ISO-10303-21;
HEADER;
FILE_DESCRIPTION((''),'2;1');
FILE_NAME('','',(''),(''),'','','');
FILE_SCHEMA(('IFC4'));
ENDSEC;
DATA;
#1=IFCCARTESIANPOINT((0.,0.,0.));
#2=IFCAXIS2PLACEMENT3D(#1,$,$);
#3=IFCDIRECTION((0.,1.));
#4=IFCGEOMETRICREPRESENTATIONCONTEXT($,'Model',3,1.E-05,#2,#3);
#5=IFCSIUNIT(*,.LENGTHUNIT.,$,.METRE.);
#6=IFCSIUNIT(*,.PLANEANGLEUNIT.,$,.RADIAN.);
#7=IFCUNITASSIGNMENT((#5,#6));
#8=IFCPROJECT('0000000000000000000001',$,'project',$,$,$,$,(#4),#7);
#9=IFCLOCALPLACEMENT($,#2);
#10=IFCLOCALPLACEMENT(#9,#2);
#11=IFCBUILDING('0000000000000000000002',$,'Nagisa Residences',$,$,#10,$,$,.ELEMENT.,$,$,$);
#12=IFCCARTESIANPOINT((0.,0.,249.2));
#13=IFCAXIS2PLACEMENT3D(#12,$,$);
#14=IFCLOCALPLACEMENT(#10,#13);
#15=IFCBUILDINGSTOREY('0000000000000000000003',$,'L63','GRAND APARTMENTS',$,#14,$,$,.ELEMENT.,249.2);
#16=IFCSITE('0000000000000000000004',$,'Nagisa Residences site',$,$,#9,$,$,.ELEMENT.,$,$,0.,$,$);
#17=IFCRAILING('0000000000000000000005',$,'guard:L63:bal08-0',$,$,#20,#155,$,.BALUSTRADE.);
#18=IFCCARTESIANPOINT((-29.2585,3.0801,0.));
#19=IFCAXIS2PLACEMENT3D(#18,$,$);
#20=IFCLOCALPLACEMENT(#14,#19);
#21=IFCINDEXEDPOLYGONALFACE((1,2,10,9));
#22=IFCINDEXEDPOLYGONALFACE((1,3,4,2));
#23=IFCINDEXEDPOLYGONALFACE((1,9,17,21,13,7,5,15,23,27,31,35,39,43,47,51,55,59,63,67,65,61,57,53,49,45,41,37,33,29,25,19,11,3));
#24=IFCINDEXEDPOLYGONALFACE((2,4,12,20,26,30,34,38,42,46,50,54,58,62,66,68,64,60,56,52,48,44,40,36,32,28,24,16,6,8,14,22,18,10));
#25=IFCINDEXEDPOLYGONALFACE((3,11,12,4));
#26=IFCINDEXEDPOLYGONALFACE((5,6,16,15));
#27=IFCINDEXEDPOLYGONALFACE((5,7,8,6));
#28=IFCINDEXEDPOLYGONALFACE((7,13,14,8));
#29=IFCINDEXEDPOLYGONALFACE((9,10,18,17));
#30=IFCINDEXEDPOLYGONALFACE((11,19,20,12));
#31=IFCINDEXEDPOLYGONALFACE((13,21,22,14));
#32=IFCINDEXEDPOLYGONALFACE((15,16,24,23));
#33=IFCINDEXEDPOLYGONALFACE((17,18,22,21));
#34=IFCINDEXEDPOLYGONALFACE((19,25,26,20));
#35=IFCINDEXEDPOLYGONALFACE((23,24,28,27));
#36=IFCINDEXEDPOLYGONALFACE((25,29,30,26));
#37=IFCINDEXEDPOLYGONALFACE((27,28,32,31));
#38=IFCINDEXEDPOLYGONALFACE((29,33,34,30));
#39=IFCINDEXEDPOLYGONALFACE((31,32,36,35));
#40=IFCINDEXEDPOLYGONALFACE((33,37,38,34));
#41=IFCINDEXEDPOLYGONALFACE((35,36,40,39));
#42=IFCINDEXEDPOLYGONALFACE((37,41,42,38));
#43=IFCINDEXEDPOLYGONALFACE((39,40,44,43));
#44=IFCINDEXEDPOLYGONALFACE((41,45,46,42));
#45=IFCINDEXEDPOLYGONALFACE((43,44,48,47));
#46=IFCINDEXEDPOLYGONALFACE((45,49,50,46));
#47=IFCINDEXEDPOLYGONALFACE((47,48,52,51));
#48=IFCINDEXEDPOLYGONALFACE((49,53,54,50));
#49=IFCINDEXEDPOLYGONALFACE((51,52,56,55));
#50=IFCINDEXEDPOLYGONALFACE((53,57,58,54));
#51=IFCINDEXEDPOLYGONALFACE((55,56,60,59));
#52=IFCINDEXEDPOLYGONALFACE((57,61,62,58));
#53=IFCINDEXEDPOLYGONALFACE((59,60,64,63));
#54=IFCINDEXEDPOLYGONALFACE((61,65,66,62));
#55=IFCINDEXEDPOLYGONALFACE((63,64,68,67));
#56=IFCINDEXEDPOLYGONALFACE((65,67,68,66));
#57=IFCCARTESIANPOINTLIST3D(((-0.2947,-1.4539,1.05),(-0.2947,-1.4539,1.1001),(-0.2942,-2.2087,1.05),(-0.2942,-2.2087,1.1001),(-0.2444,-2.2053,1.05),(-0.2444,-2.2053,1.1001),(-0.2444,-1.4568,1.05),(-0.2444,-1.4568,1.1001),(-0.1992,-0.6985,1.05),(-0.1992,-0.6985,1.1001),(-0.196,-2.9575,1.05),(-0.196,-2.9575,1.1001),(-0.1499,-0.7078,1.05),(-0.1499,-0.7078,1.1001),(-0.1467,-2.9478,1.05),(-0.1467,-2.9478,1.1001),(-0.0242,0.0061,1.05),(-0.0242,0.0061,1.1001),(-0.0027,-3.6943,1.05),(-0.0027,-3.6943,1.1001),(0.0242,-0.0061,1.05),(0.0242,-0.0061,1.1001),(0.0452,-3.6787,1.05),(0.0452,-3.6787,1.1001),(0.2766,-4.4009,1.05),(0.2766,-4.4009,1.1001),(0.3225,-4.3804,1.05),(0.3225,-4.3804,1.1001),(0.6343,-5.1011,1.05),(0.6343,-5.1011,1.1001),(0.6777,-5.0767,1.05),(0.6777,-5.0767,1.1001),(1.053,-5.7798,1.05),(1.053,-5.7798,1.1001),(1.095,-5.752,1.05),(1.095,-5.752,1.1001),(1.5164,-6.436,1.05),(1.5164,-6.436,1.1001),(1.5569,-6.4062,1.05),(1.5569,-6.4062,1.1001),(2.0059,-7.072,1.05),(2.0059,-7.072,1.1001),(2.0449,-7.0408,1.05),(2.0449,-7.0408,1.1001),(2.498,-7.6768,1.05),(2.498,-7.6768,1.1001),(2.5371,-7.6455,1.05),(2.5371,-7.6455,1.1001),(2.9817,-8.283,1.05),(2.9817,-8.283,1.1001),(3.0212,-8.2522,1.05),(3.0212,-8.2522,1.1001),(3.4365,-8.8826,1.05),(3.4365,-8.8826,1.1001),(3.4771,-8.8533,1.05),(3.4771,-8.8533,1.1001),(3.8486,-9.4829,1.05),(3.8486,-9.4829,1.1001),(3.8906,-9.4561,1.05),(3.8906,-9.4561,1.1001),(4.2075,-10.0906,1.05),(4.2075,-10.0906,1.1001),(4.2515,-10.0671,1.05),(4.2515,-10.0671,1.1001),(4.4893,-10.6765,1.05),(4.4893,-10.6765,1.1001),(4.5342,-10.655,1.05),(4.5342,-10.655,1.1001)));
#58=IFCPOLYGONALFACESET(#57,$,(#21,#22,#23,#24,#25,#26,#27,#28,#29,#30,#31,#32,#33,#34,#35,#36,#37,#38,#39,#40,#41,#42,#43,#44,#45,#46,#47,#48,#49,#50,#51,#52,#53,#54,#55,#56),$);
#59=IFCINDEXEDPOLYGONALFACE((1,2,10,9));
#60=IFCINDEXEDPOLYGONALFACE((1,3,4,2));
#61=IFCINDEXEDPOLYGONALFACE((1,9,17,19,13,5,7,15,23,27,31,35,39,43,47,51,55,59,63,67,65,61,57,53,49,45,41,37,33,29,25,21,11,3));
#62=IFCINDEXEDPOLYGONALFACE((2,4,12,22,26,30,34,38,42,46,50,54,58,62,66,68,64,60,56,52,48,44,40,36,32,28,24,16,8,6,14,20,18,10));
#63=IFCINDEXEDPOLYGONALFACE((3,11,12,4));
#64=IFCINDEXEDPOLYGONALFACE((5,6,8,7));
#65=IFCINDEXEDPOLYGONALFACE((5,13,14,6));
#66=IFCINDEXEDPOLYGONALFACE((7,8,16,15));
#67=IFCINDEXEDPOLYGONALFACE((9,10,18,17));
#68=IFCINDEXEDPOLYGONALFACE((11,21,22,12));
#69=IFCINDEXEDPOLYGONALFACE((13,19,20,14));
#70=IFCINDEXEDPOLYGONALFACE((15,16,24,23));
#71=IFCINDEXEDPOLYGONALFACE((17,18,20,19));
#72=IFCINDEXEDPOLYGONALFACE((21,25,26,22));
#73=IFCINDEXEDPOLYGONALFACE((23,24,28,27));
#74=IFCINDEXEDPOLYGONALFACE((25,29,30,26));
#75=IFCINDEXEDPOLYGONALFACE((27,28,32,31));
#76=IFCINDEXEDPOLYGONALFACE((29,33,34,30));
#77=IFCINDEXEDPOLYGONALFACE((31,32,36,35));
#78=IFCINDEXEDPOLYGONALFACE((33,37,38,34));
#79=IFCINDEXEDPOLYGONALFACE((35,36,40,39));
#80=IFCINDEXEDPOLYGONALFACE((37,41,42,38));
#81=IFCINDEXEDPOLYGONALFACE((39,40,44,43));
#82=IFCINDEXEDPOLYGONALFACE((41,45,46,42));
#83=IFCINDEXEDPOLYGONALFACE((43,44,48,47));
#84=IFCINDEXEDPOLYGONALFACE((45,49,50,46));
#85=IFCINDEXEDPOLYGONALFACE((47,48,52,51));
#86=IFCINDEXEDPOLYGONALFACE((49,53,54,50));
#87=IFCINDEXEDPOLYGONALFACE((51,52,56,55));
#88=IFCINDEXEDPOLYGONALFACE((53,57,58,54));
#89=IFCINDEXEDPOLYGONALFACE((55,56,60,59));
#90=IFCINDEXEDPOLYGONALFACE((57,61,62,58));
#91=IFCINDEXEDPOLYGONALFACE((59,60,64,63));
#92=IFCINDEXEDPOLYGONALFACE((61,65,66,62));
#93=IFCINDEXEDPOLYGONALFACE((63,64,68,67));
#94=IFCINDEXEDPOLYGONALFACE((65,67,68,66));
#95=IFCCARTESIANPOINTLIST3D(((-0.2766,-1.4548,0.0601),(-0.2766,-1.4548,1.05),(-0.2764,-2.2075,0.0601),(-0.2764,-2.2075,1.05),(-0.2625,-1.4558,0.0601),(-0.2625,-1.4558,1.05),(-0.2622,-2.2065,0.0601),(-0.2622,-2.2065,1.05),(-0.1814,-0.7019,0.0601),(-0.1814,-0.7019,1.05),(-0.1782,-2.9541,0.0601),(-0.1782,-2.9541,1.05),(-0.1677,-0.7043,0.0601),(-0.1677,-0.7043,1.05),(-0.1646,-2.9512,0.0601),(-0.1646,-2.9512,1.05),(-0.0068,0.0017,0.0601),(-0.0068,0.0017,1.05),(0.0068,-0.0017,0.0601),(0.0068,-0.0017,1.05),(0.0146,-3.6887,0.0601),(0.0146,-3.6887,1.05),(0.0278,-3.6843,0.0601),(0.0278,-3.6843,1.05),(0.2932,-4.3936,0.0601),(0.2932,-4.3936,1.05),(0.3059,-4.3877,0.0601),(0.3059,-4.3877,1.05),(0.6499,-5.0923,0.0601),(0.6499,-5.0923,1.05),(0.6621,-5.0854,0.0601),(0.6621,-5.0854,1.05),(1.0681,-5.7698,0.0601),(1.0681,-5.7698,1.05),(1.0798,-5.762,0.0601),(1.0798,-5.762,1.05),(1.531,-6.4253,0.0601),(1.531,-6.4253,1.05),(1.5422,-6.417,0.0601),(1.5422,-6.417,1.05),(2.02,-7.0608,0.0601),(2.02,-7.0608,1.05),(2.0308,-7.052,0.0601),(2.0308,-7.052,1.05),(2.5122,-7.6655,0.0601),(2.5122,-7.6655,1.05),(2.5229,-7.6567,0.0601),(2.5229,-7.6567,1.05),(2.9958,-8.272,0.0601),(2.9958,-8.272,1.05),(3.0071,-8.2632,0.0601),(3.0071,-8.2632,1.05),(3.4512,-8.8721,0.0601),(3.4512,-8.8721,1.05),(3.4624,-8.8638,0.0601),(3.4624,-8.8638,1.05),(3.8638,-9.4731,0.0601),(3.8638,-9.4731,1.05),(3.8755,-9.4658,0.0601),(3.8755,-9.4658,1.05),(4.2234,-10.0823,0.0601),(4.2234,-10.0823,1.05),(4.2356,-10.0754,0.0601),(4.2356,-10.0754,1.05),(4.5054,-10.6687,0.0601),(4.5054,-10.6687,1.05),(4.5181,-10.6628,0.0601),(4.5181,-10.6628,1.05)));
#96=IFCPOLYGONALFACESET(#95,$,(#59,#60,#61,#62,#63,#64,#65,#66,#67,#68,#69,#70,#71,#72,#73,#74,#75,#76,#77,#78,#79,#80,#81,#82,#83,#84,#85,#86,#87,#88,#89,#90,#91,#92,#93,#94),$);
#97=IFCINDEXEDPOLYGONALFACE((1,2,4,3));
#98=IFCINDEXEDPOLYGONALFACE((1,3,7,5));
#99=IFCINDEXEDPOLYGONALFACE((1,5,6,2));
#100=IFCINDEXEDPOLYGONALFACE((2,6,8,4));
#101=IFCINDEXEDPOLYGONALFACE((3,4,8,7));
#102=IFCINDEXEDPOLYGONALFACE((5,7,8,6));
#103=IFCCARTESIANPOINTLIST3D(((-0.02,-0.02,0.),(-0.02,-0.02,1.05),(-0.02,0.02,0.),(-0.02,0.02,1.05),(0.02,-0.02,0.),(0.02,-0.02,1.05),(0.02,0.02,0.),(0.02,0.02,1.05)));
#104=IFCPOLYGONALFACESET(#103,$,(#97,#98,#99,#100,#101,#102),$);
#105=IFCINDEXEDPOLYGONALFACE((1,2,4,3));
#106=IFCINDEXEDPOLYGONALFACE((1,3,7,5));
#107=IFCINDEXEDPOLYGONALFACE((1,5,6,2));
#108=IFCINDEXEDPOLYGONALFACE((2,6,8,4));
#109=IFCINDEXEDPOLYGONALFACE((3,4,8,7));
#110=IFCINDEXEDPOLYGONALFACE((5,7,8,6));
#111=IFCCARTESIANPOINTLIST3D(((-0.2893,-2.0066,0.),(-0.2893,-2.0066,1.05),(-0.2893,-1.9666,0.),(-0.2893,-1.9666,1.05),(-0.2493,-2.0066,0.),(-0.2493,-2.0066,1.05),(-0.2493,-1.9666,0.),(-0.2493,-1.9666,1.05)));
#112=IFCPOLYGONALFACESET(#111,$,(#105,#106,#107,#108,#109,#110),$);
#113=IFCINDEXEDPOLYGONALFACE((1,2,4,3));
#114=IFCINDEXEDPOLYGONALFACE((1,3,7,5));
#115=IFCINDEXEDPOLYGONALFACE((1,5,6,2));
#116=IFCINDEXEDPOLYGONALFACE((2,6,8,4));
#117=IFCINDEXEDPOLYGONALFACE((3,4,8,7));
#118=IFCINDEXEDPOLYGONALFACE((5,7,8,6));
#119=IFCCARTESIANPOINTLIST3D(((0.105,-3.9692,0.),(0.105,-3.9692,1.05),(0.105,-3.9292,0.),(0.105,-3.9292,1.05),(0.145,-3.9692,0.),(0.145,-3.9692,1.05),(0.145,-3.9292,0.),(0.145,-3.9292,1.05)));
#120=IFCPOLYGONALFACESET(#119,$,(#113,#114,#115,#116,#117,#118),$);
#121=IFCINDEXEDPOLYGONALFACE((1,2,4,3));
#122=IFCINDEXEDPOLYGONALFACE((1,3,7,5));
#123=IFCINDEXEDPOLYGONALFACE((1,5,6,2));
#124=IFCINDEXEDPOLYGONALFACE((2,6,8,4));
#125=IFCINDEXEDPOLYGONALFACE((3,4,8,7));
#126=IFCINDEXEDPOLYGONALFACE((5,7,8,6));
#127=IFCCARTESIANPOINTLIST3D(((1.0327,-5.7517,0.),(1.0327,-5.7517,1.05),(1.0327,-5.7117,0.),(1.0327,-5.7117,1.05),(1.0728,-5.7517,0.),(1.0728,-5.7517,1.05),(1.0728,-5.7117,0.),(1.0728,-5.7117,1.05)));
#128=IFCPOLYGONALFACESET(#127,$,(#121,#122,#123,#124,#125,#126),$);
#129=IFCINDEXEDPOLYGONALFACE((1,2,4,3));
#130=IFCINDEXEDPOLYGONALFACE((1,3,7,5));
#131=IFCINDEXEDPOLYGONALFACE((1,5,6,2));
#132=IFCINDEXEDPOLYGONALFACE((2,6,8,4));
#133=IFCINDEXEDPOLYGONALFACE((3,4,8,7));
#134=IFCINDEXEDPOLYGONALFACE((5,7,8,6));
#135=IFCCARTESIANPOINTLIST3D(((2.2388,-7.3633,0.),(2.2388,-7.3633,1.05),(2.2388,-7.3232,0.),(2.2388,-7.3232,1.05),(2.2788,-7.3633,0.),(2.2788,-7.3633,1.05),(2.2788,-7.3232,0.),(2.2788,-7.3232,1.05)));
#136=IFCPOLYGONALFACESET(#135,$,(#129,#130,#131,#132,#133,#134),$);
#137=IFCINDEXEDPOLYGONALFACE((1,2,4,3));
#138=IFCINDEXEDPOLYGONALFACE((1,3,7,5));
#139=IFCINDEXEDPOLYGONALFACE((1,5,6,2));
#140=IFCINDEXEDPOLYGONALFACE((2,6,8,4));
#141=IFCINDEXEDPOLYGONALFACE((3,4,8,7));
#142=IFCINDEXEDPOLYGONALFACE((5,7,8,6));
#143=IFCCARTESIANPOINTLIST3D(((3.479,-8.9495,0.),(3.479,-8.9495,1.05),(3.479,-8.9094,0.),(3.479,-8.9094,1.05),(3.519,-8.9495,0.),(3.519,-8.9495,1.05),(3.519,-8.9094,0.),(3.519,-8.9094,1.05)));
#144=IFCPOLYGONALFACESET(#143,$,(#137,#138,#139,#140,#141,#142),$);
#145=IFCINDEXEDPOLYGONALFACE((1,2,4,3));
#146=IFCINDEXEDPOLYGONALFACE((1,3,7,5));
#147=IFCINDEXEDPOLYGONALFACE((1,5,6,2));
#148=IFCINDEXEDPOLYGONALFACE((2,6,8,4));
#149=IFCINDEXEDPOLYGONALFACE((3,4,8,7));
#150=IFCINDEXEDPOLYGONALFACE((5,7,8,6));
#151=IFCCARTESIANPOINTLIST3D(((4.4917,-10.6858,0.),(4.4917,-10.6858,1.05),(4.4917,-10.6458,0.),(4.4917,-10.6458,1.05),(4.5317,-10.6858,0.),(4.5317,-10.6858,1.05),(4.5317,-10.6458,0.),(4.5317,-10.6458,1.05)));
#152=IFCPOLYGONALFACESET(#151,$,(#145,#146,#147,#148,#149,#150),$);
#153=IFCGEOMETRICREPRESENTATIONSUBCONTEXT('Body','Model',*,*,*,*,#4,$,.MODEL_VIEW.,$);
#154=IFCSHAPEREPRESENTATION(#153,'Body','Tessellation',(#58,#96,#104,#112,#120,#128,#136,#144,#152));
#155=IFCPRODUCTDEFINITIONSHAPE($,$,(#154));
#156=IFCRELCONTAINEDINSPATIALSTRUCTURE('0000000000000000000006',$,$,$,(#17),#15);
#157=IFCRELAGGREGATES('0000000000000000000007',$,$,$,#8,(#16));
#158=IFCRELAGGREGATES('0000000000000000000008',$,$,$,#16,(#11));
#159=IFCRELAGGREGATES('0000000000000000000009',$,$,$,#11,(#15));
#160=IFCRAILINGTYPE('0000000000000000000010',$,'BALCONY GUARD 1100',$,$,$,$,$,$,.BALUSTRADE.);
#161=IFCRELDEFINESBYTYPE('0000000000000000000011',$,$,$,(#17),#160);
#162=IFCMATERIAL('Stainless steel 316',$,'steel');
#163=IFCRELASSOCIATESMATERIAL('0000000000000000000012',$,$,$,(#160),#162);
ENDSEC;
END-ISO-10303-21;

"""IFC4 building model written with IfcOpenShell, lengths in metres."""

from ifc_helpers import new_model, si_unit, direction, frame, origin, origin_2d, place, context, subcontext, project, spatial, polyline, rectangle, outline, extrude, material, type_object, element, save


model = new_model("IFC4")

# Units and contexts
model_context = context("Model", 3, precision=1e-05, world=origin(), true_north=direction((0.0, 1.0)))
body_context = subcontext(model_context, "Body", "Model", "MODEL_VIEW")
ifc_project = project(units=[si_unit("LENGTHUNIT", "METRE"), si_unit("PLANEANGLEUNIT", "RADIAN")], contexts=[model_context])

# Site, building, storey
site_placement = place(None, origin())
site = spatial("IfcSite", under=ifc_project, at=site_placement, Name="Nagisa Residences site", CompositionType="ELEMENT", RefElevation=0.0)
building_placement = place(site_placement, origin())
building = spatial("IfcBuilding", under=site, at=building_placement, Name="Nagisa Residences", CompositionType="ELEMENT")
storey_placement = place(building_placement, frame((0.0, 0.0, 249.2)))
storey = spatial("IfcBuildingStorey", under=building, at=storey_placement, Name="L63", Description="GRAND APARTMENTS", CompositionType="ELEMENT", Elevation=249.2)

# Railing
ifc_material_1 = material(Name="Stainless steel 316", Category="steel")
railing_type = type_object("IfcRailingType", Name="BALCONY GUARD 1100", PredefinedType="BALUSTRADE", material=ifc_material_1)
railing_1_placement = place(storey_placement, frame((-29.2585, 3.0801, 0.0)))
element("IfcRailing", 1, at=railing_1_placement, inside=storey, type_object=railing_type, Name="guard:L63:bal08-0", PredefinedType="BALUSTRADE", context=body_context, shape_type="SweptSolid", body=[
    extrude(outline(polyline([(-0.1499, -0.7078), (0.0242, -0.0061), (-0.0242, 0.0061), (-0.1992, -0.6985), (-0.2947, -1.4539), (-0.2942, -2.2087), (-0.196, -2.9575), (-0.0027, -3.6943), (0.2766, -4.4009), (0.6343, -5.1011), (1.053, -5.7798), (1.5164, -6.436), (2.0059, -7.072), (2.498, -7.6768), (2.9817, -8.283), (3.4365, -8.8826), (3.8486, -9.4829), (4.2075, -10.0906), (4.4893, -10.6765), (4.5342, -10.655), (4.2515, -10.0671), (3.8906, -9.4561), (3.4771, -8.8533), (3.0212, -8.2522), (2.5371, -7.6455), (2.0449, -7.0408), (1.5569, -6.4062), (1.095, -5.752), (0.6777, -5.0767), (0.3225, -4.3804), (0.0452, -3.6787), (-0.1467, -2.9478), (-0.2444, -2.2053), (-0.2444, -1.4568), (-0.1499, -0.7078)])), frame((0.0, 0.0, 1.05)), (0.0, 0.0, 1.0), 0.05),
    extrude(outline(polyline([(-0.1677, -0.7043), (0.0068, -0.0017), (-0.0068, 0.0017), (-0.1814, -0.7019), (-0.2766, -1.4548), (-0.2764, -2.2075), (-0.1782, -2.9541), (0.0146, -3.6887), (0.2932, -4.3936), (0.6499, -5.0923), (1.0681, -5.7698), (1.531, -6.4253), (2.02, -7.0608), (2.5122, -7.6655), (2.9958, -8.272), (3.4512, -8.8721), (3.8638, -9.4731), (4.2234, -10.0823), (4.5054, -10.6687), (4.5181, -10.6628), (4.2356, -10.0754), (3.8755, -9.4658), (3.4624, -8.8638), (3.0071, -8.2632), (2.5229, -7.6567), (2.0308, -7.052), (1.5422, -6.417), (1.0798, -5.762), (0.6621, -5.0854), (0.3059, -4.3877), (0.0278, -3.6843), (-0.1646, -2.9512), (-0.2622, -2.2065), (-0.2625, -1.4558), (-0.1677, -0.7043)])), frame((0.0, 0.0, 0.0601)), (0.0, 0.0, 1.0), 0.99),
    extrude(rectangle(XDim=0.04, YDim=0.04, at=origin_2d()), origin(), (0.0, 0.0, 1.0), 1.05),
    extrude(rectangle(XDim=0.04, YDim=0.04, at=origin_2d()), frame((-0.2693, -1.9866, 0.0)), (0.0, 0.0, 1.0), 1.05),
    extrude(rectangle(XDim=0.04, YDim=0.04, at=origin_2d()), frame((0.125, -3.9492, 0.0)), (0.0, 0.0, 1.0), 1.05),
    extrude(rectangle(XDim=0.04, YDim=0.04, at=origin_2d()), frame((1.0527, -5.7317, 0.0)), (0.0, 0.0, 1.0), 1.05),
    extrude(rectangle(XDim=0.04, YDim=0.04, at=origin_2d()), frame((2.2588, -7.3433, 0.0)), (0.0, 0.0, 1.0), 1.05),
    extrude(rectangle(XDim=0.04, YDim=0.04, at=origin_2d()), frame((3.499, -8.9294, 0.0)), (0.0, 0.0, 1.0), 1.05),
    extrude(rectangle(XDim=0.04, YDim=0.04, at=origin_2d()), frame((4.5117, -10.6658, 0.0)), (0.0, 0.0, 1.0), 1.05),
])

save(model, "model.ifc")
